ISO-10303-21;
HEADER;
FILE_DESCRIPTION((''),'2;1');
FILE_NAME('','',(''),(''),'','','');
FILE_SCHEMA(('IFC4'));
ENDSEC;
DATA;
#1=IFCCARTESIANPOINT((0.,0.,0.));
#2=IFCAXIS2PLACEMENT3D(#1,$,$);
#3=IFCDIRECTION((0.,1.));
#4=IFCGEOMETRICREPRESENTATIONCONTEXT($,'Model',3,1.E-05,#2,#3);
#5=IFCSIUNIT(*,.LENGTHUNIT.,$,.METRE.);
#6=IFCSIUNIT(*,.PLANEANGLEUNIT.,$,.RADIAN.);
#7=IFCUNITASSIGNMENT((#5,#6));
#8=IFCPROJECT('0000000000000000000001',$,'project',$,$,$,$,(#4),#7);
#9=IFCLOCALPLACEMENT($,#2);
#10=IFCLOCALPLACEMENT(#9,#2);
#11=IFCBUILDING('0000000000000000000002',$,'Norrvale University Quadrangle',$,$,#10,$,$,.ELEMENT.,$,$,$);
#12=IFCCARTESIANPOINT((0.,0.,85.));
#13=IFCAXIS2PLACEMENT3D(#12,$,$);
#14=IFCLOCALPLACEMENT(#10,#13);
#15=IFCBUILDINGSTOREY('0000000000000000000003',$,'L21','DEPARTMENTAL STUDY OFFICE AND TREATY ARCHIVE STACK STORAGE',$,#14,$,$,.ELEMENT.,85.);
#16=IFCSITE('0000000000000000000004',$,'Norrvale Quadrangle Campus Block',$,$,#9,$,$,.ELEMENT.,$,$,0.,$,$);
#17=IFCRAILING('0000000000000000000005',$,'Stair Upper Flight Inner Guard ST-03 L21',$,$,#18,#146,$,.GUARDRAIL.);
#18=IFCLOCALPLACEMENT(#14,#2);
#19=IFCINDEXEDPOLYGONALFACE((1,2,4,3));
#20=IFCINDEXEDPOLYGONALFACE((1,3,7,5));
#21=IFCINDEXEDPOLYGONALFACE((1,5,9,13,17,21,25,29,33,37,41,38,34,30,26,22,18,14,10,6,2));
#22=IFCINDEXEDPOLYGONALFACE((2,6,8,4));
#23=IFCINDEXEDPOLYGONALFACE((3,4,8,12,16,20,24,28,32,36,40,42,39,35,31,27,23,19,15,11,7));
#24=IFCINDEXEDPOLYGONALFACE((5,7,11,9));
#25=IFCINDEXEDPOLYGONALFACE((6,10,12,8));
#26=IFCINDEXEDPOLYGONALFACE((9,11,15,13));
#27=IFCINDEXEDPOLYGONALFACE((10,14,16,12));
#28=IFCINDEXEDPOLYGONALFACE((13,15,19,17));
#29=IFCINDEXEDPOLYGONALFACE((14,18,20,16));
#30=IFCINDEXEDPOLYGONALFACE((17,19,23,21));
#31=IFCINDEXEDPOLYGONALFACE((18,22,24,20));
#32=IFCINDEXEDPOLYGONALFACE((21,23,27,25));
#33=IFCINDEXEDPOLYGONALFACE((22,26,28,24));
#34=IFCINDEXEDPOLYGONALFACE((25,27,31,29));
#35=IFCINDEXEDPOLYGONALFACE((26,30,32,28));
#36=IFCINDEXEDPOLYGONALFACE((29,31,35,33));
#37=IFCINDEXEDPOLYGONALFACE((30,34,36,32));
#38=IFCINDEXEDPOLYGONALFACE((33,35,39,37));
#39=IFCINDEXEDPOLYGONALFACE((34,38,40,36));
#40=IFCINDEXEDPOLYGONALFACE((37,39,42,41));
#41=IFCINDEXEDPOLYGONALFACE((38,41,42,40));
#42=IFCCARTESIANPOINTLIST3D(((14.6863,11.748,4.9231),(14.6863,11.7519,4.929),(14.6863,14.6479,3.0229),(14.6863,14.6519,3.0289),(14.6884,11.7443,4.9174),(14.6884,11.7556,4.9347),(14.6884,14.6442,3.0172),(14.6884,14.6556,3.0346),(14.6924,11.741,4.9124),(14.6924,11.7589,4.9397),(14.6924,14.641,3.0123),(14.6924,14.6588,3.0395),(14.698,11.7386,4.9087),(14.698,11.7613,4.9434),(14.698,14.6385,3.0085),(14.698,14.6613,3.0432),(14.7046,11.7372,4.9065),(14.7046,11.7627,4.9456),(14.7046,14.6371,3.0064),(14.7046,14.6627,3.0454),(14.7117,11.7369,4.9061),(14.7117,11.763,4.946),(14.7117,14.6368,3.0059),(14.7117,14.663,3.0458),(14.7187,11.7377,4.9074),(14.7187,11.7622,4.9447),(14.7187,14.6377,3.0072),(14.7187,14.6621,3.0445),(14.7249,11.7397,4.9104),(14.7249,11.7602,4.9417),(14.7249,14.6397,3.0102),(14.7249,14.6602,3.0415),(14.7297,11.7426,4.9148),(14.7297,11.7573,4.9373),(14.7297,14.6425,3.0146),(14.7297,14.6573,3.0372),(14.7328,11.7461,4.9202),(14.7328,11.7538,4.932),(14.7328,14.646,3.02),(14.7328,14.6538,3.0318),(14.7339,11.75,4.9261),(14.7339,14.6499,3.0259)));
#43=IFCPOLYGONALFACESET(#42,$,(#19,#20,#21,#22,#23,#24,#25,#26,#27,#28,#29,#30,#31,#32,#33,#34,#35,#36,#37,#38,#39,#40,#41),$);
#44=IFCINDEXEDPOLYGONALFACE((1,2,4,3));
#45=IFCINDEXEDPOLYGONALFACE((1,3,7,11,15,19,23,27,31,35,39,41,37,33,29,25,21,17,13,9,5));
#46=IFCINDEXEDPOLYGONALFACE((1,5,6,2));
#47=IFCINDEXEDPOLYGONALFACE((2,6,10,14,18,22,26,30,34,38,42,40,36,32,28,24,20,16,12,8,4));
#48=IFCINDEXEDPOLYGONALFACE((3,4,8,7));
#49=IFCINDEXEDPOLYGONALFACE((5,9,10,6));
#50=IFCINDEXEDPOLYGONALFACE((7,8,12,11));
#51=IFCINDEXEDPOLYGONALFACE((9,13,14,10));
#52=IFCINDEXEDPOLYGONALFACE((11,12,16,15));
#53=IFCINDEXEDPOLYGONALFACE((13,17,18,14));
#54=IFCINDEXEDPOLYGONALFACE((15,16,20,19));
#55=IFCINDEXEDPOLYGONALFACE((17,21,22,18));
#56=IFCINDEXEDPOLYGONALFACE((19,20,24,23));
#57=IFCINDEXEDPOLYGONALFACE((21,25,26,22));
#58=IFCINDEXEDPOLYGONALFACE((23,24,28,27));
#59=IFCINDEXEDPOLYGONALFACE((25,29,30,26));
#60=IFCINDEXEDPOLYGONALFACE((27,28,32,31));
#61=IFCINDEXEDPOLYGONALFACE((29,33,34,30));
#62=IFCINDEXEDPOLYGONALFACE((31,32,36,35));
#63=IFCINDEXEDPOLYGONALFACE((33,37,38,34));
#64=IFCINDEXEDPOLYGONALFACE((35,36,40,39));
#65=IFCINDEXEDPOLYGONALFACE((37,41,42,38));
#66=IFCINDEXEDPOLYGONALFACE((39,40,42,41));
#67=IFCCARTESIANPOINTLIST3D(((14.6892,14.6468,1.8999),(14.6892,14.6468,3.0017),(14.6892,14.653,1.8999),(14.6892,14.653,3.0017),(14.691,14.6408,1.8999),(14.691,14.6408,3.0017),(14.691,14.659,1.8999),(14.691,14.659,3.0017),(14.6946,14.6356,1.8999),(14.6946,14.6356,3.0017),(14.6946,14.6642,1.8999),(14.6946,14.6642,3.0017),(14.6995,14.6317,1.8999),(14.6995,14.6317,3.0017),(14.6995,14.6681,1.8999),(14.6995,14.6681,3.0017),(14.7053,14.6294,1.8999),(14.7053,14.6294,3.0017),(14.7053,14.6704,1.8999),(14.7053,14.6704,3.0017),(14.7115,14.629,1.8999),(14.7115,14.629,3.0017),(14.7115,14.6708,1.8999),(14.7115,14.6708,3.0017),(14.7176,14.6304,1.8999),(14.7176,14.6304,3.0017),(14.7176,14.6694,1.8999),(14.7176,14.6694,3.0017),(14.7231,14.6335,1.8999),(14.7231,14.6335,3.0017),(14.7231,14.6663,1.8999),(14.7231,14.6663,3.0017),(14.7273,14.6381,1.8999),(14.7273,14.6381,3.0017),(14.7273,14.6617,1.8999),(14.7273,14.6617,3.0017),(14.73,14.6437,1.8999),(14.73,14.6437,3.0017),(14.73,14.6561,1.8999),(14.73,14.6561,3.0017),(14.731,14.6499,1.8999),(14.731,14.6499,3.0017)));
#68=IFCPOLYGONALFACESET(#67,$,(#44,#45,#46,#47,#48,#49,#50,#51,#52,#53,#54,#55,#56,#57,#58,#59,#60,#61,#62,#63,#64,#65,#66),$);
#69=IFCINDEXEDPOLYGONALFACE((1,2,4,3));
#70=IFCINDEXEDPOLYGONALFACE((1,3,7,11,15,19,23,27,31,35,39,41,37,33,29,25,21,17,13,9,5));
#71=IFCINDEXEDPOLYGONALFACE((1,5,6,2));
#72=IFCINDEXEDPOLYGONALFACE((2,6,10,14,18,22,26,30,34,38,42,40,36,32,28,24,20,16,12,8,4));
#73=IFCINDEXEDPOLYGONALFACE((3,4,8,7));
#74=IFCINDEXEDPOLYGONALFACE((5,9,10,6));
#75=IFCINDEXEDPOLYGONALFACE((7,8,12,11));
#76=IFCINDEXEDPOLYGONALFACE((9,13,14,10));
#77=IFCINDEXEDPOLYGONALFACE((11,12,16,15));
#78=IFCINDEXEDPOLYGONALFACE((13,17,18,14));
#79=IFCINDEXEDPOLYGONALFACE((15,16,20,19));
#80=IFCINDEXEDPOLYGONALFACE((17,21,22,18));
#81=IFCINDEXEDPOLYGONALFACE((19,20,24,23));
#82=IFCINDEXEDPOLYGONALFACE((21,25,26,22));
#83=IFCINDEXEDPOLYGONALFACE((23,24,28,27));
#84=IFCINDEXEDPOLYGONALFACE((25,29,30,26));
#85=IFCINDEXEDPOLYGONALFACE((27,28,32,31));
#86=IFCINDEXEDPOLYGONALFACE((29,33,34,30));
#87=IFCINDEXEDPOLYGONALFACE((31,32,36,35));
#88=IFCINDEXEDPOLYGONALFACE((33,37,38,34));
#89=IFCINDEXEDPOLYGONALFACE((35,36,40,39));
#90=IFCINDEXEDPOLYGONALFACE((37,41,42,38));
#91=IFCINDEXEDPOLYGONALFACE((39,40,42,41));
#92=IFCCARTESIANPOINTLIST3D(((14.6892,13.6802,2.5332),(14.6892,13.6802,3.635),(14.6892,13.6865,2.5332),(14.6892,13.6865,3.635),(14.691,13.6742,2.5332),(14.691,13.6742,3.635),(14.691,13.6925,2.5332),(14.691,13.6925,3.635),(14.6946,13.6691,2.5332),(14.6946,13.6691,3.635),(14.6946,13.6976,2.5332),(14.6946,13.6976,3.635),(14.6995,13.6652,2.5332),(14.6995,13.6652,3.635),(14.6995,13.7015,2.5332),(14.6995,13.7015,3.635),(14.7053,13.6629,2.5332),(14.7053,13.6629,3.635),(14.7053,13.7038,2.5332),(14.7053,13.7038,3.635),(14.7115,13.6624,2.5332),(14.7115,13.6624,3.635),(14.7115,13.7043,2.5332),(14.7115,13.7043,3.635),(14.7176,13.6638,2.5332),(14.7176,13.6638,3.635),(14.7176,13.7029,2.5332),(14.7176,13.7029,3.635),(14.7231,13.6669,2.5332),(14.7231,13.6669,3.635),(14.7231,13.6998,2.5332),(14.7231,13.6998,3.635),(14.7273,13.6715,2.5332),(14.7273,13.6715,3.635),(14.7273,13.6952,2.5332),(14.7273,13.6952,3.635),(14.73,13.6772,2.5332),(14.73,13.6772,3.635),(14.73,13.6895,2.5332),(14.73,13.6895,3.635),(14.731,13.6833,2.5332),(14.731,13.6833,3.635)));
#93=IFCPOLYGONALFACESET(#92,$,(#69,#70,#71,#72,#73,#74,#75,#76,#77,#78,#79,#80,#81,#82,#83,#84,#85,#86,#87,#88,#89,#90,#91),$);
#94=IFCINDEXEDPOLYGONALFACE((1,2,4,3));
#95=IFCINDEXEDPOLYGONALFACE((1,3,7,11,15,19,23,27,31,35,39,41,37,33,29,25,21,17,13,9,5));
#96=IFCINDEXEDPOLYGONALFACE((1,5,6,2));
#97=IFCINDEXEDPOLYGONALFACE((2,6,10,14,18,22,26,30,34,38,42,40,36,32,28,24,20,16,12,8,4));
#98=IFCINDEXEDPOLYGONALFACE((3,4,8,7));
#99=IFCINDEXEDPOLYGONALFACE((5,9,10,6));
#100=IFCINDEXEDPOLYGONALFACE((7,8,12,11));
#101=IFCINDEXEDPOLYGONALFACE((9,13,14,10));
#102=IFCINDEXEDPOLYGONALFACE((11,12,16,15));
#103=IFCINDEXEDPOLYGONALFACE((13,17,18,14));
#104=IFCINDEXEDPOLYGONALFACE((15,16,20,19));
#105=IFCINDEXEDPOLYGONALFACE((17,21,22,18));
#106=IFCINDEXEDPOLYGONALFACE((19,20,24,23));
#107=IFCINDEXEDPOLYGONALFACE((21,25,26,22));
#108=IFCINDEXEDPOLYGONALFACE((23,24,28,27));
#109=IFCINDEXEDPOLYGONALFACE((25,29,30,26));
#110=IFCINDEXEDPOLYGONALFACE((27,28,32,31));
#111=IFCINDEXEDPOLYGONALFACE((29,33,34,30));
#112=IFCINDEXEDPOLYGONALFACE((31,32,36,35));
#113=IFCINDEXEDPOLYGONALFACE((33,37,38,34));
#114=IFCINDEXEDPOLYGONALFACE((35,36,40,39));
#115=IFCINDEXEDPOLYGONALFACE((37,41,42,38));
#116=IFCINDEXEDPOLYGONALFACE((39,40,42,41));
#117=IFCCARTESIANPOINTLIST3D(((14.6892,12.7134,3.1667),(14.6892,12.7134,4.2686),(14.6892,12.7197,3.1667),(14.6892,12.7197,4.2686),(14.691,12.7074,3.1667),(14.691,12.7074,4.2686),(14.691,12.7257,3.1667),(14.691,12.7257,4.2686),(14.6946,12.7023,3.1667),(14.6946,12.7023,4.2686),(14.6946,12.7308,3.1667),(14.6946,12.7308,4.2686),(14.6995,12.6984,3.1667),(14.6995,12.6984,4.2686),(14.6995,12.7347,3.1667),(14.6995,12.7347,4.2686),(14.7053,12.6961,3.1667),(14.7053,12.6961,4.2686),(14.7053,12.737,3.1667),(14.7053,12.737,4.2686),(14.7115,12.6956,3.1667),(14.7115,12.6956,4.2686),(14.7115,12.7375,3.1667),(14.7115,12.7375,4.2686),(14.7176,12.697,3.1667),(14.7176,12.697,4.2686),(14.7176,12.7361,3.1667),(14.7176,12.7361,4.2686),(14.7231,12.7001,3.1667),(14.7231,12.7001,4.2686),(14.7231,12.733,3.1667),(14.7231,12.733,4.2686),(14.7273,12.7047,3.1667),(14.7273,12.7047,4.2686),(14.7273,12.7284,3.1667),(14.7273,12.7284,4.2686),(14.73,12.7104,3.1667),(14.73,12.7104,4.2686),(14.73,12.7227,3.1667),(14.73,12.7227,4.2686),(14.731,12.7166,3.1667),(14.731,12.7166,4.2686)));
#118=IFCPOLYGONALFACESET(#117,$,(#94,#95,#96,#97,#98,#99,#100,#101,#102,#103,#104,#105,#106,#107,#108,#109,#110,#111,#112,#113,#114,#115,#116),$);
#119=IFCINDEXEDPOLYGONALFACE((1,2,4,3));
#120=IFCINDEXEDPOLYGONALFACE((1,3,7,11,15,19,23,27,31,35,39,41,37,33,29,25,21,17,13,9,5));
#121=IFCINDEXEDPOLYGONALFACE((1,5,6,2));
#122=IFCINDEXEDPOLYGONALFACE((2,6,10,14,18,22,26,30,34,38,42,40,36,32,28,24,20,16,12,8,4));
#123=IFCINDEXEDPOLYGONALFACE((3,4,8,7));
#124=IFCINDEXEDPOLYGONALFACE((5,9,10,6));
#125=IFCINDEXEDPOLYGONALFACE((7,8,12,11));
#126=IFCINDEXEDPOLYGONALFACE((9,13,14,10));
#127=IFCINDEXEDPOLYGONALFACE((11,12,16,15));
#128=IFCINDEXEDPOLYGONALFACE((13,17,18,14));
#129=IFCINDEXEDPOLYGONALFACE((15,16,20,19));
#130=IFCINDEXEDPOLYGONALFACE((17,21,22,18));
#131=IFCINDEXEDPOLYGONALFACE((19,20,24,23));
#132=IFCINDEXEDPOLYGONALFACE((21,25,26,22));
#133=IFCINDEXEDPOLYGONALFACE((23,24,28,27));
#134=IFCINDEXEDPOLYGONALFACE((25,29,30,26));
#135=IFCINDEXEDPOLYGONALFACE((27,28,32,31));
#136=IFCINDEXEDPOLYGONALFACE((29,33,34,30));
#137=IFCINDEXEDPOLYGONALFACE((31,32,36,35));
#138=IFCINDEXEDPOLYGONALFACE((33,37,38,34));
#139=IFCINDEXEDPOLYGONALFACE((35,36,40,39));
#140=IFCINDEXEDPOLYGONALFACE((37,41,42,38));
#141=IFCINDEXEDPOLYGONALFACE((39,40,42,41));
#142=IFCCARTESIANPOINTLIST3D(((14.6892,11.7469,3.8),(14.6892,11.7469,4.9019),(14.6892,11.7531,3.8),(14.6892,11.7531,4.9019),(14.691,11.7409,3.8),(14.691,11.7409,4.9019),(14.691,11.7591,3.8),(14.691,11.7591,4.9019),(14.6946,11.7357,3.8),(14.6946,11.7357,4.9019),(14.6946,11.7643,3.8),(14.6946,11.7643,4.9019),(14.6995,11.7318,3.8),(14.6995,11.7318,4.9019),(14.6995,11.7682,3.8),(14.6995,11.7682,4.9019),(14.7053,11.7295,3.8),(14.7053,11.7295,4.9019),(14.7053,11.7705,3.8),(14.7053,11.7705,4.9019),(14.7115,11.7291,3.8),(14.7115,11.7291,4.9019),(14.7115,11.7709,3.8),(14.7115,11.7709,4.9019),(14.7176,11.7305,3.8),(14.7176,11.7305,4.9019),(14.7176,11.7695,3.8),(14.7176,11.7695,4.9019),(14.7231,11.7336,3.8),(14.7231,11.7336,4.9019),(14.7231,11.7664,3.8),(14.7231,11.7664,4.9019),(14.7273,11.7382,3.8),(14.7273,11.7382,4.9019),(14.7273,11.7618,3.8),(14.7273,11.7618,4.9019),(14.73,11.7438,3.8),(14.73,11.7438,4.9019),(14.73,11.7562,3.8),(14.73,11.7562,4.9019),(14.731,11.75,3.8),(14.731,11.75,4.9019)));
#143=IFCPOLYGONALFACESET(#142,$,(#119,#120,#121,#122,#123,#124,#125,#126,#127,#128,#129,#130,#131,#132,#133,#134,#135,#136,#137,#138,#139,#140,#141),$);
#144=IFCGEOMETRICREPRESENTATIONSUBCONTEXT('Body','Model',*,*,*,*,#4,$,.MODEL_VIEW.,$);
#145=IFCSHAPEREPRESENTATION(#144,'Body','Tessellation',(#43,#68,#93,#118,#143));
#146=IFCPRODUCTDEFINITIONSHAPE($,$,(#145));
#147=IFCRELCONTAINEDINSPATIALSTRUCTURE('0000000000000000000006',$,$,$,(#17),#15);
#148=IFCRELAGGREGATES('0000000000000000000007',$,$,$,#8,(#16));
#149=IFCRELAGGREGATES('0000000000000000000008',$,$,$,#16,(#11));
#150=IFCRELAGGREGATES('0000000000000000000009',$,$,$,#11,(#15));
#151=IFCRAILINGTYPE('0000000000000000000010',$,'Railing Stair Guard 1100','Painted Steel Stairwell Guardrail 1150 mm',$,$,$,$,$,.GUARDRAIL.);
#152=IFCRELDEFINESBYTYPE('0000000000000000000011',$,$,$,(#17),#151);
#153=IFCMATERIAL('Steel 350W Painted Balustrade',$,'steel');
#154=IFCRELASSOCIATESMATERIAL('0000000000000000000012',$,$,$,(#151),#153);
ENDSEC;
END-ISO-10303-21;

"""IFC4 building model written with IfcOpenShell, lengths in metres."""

from ifc_helpers import new_model, si_unit, direction, frame, origin, origin_2d, place, context, subcontext, project, spatial, circle, extrude, material, type_object, element, save


model = new_model("IFC4")

# Units and contexts
model_context = context("Model", 3, precision=1e-05, world=origin(), true_north=direction((0.0, 1.0)))
body_context = subcontext(model_context, "Body", "Model", "MODEL_VIEW")
ifc_project = project(units=[si_unit("LENGTHUNIT", "METRE"), si_unit("PLANEANGLEUNIT", "RADIAN")], contexts=[model_context])

# Site, building, storey
site_placement = place(None, origin())
site = spatial("IfcSite", under=ifc_project, at=site_placement, Name="Norrvale Quadrangle Campus Block", CompositionType="ELEMENT", RefElevation=0.0)
building_placement = place(site_placement, origin())
building = spatial("IfcBuilding", under=site, at=building_placement, Name="Norrvale University Quadrangle", CompositionType="ELEMENT")
storey_placement = place(building_placement, frame((0.0, 0.0, 85.0)))
storey = spatial("IfcBuildingStorey", under=building, at=storey_placement, Name="L21", Description="DEPARTMENTAL STUDY OFFICE AND TREATY ARCHIVE STACK STORAGE", CompositionType="ELEMENT", Elevation=85.0)

# Railing
ifc_material_1 = material(Name="Steel 350W Painted Balustrade", Category="steel")
railing_type_1 = type_object("IfcRailingType", Name="Railing Stair Guard 1100", Description="Painted Steel Stairwell Guardrail 1150 mm", PredefinedType="GUARDRAIL", material=ifc_material_1)
railing_1_placement = place(storey_placement, frame((14.71, 14.6499, 1.8999)))
element("IfcRailing", 1, at=railing_1_placement, inside=storey, type_object=railing_type_1, Name="Stair Upper Flight Inner Guard ST-03 L21", PredefinedType="GUARDRAIL", context=body_context, shape_type="SweptSolid", body=[
    extrude(circle(Radius=0.0239, at=origin_2d()), frame((0.0, 0.0, 1.126), z_axis=(0.0, -0.836433, 0.548069), x_axis=(1.0, 0.0, 0.0)), (0.0, 0.0, 1.0), 3.467),
    extrude(circle(Radius=0.021, at=origin_2d()), origin(), (0.0, 0.0, 1.0), 1.1018),
    extrude(circle(Radius=0.021, at=origin_2d()), frame((0.0, -0.9666, 0.6333)), (0.0, 0.0, 1.0), 1.1018),
    extrude(circle(Radius=0.021, at=origin_2d()), frame((0.0, -1.9333, 1.2668)), (0.0, 0.0, 1.0), 1.1018),
    extrude(circle(Radius=0.021, at=origin_2d()), frame((0.0, -2.8999, 1.9001)), (0.0, 0.0, 1.0), 1.1018),
])

save(model, "model.ifc")
